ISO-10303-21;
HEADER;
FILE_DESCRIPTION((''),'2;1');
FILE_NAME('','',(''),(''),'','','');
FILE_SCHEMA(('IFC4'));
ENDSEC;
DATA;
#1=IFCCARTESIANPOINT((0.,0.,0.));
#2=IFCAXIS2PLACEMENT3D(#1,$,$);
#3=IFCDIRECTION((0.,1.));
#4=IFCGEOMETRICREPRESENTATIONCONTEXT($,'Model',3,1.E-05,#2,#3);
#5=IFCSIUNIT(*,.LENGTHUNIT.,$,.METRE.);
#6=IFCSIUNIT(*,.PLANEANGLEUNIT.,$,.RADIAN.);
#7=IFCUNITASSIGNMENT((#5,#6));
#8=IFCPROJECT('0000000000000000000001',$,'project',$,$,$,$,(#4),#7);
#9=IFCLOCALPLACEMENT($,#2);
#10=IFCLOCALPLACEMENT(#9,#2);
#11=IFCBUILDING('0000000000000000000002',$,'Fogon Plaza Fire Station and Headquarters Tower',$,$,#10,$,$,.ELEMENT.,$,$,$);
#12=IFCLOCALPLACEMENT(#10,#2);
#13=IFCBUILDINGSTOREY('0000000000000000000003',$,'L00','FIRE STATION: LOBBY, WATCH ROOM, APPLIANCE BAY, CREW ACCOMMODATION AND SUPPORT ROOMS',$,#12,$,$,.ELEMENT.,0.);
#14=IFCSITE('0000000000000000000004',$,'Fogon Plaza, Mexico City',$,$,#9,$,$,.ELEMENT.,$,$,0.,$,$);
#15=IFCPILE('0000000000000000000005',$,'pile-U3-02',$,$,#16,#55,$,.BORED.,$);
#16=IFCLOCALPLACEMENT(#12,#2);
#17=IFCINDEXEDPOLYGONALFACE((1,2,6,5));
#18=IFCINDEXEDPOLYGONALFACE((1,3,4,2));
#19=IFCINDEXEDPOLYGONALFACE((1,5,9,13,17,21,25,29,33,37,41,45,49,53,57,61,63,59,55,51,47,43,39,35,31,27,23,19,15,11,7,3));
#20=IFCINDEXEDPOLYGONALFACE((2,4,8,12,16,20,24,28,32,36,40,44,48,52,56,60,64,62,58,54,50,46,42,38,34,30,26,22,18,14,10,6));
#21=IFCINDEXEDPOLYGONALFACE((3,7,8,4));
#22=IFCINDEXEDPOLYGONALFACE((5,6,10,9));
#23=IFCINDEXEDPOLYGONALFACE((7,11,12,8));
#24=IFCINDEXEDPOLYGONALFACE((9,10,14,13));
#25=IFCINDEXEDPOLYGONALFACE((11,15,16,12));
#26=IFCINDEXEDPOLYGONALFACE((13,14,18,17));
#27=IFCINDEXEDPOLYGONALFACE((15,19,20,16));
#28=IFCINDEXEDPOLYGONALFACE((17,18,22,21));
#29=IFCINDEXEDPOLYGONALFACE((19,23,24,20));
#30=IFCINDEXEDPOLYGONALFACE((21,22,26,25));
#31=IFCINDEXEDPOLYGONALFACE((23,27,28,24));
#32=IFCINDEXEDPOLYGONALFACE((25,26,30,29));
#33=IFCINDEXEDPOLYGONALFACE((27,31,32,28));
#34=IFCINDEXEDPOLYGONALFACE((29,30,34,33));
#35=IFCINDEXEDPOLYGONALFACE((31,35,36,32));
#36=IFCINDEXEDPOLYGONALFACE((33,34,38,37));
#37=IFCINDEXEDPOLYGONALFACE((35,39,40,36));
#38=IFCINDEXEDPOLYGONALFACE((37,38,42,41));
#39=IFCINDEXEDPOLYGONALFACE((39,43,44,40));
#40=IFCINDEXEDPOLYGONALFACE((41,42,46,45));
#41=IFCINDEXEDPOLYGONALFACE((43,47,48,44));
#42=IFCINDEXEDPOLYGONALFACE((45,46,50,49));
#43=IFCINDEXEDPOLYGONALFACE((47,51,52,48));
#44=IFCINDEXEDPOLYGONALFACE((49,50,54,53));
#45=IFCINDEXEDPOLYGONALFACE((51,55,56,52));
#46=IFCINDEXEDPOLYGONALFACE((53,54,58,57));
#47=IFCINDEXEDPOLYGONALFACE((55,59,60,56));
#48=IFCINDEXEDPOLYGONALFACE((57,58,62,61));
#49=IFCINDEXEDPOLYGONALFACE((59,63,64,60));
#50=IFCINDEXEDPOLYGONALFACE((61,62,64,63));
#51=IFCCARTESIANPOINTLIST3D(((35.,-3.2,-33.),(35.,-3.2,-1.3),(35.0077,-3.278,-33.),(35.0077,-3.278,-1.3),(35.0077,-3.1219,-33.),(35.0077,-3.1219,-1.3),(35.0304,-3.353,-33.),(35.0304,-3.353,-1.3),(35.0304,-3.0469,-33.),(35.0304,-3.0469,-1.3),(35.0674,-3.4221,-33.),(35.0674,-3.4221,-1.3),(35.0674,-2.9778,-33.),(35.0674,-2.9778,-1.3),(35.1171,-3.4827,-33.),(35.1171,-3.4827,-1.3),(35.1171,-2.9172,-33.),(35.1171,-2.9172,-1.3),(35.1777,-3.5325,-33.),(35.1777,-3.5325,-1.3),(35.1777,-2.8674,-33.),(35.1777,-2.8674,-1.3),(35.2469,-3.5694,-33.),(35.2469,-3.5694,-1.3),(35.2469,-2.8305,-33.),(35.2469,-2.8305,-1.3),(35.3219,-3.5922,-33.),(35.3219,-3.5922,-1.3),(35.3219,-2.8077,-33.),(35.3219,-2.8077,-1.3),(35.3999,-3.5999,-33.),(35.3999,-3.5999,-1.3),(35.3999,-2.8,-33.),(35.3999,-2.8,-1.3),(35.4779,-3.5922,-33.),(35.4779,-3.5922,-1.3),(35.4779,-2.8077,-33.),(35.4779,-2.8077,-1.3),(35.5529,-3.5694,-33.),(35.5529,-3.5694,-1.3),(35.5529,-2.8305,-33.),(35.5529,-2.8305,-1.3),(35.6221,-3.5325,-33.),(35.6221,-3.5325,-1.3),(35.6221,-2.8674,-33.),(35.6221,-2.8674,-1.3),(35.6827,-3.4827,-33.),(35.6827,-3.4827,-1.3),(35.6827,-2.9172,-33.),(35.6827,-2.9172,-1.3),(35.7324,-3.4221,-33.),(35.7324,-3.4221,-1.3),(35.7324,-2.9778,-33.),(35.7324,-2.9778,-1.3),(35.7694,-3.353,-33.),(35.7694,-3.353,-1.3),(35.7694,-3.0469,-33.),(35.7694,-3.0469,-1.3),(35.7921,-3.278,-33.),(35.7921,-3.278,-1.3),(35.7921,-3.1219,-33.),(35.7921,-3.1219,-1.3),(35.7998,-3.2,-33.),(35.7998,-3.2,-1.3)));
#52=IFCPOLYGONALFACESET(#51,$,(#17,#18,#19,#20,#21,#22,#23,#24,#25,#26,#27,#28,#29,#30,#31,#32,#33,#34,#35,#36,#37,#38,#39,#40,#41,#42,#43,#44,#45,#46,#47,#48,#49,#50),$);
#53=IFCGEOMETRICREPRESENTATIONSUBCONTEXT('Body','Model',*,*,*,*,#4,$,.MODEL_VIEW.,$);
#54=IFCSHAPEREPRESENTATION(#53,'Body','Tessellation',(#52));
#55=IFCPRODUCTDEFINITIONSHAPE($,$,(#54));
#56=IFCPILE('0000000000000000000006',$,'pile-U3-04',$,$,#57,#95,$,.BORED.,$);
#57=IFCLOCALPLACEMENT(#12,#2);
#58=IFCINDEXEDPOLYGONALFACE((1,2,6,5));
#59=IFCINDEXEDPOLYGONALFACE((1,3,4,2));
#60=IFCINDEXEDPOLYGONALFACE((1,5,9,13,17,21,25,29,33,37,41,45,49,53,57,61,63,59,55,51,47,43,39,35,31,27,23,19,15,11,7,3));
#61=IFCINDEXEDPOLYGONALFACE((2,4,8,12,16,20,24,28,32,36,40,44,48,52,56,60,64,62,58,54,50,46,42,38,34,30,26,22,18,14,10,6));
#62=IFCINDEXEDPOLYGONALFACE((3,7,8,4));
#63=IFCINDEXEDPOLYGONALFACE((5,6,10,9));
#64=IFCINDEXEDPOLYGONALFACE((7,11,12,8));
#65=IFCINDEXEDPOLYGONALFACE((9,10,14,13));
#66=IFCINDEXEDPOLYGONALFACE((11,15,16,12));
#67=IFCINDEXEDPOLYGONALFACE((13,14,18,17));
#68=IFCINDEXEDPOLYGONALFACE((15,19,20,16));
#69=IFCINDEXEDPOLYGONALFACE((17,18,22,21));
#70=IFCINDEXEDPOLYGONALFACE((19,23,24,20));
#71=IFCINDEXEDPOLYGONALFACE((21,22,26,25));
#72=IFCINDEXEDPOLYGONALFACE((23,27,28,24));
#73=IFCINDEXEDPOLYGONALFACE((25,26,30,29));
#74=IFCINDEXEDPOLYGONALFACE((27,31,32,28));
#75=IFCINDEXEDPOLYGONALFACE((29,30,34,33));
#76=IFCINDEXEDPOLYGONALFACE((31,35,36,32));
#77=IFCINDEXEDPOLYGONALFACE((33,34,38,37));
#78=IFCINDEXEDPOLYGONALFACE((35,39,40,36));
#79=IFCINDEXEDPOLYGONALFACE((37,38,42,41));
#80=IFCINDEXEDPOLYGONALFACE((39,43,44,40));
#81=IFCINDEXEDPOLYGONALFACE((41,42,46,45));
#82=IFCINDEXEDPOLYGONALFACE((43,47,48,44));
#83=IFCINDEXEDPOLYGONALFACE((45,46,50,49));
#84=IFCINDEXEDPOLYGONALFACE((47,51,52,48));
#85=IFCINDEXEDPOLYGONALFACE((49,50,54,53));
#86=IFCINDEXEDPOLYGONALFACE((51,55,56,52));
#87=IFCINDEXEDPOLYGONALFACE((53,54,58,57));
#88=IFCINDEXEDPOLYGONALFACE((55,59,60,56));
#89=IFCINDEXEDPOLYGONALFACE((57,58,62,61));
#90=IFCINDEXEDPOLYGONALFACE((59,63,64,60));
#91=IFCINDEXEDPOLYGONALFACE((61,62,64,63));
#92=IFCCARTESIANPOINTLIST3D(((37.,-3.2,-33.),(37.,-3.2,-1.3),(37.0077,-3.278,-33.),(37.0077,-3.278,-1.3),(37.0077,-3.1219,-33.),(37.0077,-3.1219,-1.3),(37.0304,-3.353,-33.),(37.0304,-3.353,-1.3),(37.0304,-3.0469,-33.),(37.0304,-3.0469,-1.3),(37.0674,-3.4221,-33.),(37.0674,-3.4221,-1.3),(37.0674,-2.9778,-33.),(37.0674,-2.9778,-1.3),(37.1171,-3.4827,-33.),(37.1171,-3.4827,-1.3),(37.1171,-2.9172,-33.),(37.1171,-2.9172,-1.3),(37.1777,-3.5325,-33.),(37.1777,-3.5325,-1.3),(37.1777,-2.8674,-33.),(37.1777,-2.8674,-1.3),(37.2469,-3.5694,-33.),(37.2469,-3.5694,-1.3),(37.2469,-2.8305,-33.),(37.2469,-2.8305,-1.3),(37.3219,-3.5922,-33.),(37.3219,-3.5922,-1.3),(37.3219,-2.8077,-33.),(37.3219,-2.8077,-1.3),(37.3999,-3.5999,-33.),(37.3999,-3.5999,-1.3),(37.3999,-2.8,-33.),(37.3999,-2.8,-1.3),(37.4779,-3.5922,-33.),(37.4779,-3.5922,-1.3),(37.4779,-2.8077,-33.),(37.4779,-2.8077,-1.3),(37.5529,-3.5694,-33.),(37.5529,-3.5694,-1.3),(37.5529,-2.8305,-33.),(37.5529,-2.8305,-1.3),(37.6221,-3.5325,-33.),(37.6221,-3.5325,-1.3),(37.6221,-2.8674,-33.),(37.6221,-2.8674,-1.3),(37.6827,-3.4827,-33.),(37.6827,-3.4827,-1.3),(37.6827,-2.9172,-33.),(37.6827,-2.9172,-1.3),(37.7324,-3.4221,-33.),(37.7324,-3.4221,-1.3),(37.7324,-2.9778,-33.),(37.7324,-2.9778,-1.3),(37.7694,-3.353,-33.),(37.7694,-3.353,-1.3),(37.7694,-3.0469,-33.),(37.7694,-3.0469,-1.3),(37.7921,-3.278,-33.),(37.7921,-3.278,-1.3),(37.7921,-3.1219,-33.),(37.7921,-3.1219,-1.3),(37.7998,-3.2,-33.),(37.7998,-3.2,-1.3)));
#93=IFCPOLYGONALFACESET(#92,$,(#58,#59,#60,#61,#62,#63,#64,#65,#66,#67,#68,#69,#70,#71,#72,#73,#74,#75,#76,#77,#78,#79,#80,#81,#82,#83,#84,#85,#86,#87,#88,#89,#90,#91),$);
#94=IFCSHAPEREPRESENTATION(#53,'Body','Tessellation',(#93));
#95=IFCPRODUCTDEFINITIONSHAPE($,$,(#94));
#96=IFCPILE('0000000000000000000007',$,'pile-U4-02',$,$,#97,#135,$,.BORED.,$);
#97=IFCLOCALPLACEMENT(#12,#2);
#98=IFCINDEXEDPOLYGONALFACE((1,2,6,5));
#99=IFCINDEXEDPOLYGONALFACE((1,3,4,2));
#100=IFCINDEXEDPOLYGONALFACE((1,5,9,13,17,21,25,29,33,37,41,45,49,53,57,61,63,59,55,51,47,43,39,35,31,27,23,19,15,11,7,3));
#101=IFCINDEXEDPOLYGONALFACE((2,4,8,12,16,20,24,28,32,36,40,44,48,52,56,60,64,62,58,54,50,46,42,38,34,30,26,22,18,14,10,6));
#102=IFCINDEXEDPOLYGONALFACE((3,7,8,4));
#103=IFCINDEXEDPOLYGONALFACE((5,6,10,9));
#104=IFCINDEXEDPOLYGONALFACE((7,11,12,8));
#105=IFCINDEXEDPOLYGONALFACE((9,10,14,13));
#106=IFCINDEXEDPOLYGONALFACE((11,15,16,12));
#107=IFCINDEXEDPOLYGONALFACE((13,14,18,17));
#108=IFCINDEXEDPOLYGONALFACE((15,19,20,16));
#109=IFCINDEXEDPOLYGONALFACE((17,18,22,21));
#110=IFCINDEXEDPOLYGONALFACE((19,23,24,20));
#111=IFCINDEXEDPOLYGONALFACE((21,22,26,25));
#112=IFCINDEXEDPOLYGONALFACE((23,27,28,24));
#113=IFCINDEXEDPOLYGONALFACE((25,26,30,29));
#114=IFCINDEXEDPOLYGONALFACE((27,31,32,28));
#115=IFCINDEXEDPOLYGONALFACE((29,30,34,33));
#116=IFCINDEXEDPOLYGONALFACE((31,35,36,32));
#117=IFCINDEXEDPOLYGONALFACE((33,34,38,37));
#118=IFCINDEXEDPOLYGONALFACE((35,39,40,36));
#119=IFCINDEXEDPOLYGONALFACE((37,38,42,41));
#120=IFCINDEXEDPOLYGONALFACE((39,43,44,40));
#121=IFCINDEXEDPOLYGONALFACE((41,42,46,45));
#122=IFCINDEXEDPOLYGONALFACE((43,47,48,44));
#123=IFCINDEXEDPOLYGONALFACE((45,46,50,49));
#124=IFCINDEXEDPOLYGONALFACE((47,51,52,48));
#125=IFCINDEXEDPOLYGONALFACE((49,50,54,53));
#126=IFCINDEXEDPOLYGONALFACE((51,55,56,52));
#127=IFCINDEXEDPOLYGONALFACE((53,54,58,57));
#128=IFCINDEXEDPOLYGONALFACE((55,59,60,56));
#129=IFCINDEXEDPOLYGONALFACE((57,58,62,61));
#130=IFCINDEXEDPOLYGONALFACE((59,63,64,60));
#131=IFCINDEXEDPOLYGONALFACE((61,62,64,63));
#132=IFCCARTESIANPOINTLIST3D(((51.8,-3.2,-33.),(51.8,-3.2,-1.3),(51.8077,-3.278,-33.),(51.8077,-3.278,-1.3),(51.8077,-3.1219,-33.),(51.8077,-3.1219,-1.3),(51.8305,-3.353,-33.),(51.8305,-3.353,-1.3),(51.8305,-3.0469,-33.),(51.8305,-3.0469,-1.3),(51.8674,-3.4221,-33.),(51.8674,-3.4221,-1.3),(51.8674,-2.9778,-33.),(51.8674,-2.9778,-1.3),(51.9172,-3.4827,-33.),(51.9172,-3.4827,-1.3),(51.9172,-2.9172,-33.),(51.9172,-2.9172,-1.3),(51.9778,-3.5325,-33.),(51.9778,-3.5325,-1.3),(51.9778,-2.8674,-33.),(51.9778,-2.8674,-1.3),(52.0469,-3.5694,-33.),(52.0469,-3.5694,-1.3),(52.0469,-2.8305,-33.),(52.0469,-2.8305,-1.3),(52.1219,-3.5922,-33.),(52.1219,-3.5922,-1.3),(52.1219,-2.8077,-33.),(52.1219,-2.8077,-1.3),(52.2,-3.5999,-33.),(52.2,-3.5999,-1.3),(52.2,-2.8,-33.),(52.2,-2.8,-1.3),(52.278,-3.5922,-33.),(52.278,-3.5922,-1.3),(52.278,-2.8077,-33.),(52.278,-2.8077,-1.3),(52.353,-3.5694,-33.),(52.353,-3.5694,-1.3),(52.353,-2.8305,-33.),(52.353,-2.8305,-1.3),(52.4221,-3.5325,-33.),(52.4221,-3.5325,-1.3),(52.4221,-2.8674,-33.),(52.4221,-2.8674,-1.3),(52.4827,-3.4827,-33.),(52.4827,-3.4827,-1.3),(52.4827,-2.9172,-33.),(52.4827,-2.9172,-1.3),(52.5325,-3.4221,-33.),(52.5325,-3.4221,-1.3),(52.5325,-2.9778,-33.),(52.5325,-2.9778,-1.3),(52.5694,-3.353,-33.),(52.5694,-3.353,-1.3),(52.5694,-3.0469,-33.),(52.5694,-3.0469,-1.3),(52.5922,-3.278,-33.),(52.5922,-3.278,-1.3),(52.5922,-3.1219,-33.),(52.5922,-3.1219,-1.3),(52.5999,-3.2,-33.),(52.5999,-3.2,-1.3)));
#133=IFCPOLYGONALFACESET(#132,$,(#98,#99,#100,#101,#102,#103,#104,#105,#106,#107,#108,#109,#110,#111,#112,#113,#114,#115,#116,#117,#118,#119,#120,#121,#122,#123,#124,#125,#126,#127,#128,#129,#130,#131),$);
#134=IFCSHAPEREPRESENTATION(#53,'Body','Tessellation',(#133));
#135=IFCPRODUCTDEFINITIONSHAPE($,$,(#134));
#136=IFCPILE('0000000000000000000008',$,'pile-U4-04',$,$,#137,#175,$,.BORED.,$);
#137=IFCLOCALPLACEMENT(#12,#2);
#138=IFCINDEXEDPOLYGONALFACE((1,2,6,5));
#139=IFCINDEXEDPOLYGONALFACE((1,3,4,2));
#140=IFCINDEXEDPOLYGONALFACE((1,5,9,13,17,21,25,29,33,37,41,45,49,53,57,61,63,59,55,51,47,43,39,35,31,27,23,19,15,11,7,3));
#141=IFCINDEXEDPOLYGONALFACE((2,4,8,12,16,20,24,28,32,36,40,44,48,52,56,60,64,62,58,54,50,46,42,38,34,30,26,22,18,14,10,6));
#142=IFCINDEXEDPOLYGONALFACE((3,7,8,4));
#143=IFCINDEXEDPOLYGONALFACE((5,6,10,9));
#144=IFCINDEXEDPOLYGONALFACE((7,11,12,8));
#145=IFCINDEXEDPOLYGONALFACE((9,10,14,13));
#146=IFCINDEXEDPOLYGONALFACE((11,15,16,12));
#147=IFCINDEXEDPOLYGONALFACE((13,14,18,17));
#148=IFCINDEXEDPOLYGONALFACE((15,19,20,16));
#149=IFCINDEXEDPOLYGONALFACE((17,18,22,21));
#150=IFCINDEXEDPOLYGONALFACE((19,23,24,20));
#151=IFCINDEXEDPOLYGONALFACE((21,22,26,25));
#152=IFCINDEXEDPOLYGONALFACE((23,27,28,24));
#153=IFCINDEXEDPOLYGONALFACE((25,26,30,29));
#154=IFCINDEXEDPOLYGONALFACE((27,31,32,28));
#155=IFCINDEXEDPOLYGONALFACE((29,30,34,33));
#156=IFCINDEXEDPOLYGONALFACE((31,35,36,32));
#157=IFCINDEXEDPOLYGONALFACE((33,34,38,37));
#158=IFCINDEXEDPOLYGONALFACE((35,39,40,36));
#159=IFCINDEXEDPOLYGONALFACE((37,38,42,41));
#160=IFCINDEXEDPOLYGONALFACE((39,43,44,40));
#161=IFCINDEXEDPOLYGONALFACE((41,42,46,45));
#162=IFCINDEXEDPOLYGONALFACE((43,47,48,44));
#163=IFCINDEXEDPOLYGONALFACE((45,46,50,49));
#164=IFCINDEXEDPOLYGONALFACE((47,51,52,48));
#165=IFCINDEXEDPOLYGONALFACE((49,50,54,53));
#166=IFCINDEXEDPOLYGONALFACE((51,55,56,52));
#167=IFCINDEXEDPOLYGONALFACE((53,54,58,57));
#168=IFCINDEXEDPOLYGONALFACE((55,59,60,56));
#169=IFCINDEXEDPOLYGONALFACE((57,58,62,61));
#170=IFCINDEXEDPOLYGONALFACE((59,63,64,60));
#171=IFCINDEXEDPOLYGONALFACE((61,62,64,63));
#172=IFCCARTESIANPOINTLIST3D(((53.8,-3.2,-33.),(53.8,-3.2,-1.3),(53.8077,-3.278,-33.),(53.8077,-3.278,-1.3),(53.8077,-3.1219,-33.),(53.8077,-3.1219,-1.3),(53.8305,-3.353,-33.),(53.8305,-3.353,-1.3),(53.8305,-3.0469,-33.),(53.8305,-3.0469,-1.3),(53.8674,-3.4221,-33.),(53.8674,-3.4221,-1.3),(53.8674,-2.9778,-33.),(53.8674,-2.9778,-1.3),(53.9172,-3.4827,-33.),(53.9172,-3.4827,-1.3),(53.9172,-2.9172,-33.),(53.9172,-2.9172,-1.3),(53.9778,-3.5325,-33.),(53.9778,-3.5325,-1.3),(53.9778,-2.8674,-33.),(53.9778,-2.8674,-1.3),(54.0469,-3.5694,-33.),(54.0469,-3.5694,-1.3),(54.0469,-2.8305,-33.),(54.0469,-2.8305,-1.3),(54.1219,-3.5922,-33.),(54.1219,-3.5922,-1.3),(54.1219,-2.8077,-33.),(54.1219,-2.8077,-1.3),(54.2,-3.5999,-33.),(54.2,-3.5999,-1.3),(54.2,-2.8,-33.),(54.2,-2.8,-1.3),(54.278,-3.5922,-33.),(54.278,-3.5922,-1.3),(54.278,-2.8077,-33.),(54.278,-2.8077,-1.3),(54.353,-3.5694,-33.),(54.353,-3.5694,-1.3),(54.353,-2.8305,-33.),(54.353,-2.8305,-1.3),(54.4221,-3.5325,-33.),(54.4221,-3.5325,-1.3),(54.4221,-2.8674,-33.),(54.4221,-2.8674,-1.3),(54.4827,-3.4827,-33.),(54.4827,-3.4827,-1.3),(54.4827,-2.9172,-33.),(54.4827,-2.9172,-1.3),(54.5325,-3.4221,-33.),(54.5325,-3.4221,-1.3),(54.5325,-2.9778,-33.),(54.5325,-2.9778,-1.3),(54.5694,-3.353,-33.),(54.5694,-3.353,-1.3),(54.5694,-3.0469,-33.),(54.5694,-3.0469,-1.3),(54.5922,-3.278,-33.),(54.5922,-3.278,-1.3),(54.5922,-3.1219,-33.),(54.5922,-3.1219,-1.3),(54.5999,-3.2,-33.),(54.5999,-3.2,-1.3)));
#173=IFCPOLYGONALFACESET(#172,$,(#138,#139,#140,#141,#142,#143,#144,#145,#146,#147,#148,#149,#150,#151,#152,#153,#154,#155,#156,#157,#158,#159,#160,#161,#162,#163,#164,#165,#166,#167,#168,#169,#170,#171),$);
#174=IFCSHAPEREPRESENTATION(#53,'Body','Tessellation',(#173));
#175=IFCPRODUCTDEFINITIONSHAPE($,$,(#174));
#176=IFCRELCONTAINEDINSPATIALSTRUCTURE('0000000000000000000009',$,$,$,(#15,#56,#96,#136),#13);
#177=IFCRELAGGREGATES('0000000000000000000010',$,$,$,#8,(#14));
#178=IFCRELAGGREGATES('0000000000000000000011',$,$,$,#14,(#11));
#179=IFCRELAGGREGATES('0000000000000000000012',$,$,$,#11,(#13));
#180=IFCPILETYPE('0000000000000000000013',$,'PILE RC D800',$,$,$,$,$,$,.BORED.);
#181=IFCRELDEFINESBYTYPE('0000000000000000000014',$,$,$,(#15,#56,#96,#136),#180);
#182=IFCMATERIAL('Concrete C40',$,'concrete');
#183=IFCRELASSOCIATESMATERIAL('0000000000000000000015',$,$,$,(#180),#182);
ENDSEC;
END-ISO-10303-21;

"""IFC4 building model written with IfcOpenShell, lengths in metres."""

from ifc_helpers import new_model, si_unit, direction, frame, origin, origin_2d, place, context, subcontext, project, spatial, circle, extrude, material, material_profile, profile_set, type_object, element, save


model = new_model("IFC4")

# Units and contexts
model_context = context("Model", 3, precision=1e-05, world=origin(), true_north=direction((0.0, 1.0)))
body_context = subcontext(model_context, "Body", "Model", "MODEL_VIEW")
ifc_project = project(units=[si_unit("LENGTHUNIT", "METRE"), si_unit("PLANEANGLEUNIT", "RADIAN")], contexts=[model_context])

# Site, building, storey
site_placement = place(None, origin())
site = spatial("IfcSite", under=ifc_project, at=site_placement, Name="Fogon Plaza, Mexico City", CompositionType="ELEMENT", RefElevation=0.0)
building_placement = place(site_placement, origin())
building = spatial("IfcBuilding", under=site, at=building_placement, Name="Fogon Plaza Fire Station and Headquarters Tower", CompositionType="ELEMENT")
storey_placement = place(building_placement, origin())
storey = spatial("IfcBuildingStorey", under=building, at=storey_placement, Name="L00", Description="FIRE STATION: LOBBY, WATCH ROOM, APPLIANCE BAY, CREW ACCOMMODATION AND SUPPORT ROOMS", CompositionType="ELEMENT", Elevation=0.0)

# Piles
ifc_material_1 = material(Name="Concrete C40", Category="concrete")
ifc_material_profile_1 = material_profile(ifc_material_1, circle(Radius=0.3999, at=origin_2d()), Name="RC D800")
ifc_profile_set_1 = profile_set([ifc_material_profile_1], Name="Concrete C40")
pile_type = type_object("IfcPileType", Name="PILE RC D800", PredefinedType="BORED", material=ifc_profile_set_1)
for number, where, z_axis, x_axis, name in (
    (1, (35.3999, -3.2, -1.3), (0.0, 0.0, -1.0), (1.0, 0.0, 0.0), "pile-U3-02"),
    (2, (37.3999, -3.2, -1.3), (0.0, 0.0, -1.0), (1.0, 0.0, 0.0), "pile-U3-04"),
    (3, (52.2, -3.2, -1.3), (0.0, 0.0, -1.0), (1.0, 0.0, 0.0), "pile-U4-02"),
    (4, (54.2, -3.2, -1.3), (0.0, 0.0, -1.0), (1.0, 0.0, 0.0), "pile-U4-04"),
):
    element("IfcPile", number, at=place(storey_placement, frame(where, z_axis=z_axis, x_axis=x_axis)), inside=storey, type_object=pile_type, Name=name, PredefinedType="BORED", context=body_context, shape_type="SweptSolid", body=[
        extrude(circle(Radius=0.3999, at=origin_2d()), origin(), (0.0, 0.0, 1.0), 31.7),
    ])

save(model, "model.ifc")
